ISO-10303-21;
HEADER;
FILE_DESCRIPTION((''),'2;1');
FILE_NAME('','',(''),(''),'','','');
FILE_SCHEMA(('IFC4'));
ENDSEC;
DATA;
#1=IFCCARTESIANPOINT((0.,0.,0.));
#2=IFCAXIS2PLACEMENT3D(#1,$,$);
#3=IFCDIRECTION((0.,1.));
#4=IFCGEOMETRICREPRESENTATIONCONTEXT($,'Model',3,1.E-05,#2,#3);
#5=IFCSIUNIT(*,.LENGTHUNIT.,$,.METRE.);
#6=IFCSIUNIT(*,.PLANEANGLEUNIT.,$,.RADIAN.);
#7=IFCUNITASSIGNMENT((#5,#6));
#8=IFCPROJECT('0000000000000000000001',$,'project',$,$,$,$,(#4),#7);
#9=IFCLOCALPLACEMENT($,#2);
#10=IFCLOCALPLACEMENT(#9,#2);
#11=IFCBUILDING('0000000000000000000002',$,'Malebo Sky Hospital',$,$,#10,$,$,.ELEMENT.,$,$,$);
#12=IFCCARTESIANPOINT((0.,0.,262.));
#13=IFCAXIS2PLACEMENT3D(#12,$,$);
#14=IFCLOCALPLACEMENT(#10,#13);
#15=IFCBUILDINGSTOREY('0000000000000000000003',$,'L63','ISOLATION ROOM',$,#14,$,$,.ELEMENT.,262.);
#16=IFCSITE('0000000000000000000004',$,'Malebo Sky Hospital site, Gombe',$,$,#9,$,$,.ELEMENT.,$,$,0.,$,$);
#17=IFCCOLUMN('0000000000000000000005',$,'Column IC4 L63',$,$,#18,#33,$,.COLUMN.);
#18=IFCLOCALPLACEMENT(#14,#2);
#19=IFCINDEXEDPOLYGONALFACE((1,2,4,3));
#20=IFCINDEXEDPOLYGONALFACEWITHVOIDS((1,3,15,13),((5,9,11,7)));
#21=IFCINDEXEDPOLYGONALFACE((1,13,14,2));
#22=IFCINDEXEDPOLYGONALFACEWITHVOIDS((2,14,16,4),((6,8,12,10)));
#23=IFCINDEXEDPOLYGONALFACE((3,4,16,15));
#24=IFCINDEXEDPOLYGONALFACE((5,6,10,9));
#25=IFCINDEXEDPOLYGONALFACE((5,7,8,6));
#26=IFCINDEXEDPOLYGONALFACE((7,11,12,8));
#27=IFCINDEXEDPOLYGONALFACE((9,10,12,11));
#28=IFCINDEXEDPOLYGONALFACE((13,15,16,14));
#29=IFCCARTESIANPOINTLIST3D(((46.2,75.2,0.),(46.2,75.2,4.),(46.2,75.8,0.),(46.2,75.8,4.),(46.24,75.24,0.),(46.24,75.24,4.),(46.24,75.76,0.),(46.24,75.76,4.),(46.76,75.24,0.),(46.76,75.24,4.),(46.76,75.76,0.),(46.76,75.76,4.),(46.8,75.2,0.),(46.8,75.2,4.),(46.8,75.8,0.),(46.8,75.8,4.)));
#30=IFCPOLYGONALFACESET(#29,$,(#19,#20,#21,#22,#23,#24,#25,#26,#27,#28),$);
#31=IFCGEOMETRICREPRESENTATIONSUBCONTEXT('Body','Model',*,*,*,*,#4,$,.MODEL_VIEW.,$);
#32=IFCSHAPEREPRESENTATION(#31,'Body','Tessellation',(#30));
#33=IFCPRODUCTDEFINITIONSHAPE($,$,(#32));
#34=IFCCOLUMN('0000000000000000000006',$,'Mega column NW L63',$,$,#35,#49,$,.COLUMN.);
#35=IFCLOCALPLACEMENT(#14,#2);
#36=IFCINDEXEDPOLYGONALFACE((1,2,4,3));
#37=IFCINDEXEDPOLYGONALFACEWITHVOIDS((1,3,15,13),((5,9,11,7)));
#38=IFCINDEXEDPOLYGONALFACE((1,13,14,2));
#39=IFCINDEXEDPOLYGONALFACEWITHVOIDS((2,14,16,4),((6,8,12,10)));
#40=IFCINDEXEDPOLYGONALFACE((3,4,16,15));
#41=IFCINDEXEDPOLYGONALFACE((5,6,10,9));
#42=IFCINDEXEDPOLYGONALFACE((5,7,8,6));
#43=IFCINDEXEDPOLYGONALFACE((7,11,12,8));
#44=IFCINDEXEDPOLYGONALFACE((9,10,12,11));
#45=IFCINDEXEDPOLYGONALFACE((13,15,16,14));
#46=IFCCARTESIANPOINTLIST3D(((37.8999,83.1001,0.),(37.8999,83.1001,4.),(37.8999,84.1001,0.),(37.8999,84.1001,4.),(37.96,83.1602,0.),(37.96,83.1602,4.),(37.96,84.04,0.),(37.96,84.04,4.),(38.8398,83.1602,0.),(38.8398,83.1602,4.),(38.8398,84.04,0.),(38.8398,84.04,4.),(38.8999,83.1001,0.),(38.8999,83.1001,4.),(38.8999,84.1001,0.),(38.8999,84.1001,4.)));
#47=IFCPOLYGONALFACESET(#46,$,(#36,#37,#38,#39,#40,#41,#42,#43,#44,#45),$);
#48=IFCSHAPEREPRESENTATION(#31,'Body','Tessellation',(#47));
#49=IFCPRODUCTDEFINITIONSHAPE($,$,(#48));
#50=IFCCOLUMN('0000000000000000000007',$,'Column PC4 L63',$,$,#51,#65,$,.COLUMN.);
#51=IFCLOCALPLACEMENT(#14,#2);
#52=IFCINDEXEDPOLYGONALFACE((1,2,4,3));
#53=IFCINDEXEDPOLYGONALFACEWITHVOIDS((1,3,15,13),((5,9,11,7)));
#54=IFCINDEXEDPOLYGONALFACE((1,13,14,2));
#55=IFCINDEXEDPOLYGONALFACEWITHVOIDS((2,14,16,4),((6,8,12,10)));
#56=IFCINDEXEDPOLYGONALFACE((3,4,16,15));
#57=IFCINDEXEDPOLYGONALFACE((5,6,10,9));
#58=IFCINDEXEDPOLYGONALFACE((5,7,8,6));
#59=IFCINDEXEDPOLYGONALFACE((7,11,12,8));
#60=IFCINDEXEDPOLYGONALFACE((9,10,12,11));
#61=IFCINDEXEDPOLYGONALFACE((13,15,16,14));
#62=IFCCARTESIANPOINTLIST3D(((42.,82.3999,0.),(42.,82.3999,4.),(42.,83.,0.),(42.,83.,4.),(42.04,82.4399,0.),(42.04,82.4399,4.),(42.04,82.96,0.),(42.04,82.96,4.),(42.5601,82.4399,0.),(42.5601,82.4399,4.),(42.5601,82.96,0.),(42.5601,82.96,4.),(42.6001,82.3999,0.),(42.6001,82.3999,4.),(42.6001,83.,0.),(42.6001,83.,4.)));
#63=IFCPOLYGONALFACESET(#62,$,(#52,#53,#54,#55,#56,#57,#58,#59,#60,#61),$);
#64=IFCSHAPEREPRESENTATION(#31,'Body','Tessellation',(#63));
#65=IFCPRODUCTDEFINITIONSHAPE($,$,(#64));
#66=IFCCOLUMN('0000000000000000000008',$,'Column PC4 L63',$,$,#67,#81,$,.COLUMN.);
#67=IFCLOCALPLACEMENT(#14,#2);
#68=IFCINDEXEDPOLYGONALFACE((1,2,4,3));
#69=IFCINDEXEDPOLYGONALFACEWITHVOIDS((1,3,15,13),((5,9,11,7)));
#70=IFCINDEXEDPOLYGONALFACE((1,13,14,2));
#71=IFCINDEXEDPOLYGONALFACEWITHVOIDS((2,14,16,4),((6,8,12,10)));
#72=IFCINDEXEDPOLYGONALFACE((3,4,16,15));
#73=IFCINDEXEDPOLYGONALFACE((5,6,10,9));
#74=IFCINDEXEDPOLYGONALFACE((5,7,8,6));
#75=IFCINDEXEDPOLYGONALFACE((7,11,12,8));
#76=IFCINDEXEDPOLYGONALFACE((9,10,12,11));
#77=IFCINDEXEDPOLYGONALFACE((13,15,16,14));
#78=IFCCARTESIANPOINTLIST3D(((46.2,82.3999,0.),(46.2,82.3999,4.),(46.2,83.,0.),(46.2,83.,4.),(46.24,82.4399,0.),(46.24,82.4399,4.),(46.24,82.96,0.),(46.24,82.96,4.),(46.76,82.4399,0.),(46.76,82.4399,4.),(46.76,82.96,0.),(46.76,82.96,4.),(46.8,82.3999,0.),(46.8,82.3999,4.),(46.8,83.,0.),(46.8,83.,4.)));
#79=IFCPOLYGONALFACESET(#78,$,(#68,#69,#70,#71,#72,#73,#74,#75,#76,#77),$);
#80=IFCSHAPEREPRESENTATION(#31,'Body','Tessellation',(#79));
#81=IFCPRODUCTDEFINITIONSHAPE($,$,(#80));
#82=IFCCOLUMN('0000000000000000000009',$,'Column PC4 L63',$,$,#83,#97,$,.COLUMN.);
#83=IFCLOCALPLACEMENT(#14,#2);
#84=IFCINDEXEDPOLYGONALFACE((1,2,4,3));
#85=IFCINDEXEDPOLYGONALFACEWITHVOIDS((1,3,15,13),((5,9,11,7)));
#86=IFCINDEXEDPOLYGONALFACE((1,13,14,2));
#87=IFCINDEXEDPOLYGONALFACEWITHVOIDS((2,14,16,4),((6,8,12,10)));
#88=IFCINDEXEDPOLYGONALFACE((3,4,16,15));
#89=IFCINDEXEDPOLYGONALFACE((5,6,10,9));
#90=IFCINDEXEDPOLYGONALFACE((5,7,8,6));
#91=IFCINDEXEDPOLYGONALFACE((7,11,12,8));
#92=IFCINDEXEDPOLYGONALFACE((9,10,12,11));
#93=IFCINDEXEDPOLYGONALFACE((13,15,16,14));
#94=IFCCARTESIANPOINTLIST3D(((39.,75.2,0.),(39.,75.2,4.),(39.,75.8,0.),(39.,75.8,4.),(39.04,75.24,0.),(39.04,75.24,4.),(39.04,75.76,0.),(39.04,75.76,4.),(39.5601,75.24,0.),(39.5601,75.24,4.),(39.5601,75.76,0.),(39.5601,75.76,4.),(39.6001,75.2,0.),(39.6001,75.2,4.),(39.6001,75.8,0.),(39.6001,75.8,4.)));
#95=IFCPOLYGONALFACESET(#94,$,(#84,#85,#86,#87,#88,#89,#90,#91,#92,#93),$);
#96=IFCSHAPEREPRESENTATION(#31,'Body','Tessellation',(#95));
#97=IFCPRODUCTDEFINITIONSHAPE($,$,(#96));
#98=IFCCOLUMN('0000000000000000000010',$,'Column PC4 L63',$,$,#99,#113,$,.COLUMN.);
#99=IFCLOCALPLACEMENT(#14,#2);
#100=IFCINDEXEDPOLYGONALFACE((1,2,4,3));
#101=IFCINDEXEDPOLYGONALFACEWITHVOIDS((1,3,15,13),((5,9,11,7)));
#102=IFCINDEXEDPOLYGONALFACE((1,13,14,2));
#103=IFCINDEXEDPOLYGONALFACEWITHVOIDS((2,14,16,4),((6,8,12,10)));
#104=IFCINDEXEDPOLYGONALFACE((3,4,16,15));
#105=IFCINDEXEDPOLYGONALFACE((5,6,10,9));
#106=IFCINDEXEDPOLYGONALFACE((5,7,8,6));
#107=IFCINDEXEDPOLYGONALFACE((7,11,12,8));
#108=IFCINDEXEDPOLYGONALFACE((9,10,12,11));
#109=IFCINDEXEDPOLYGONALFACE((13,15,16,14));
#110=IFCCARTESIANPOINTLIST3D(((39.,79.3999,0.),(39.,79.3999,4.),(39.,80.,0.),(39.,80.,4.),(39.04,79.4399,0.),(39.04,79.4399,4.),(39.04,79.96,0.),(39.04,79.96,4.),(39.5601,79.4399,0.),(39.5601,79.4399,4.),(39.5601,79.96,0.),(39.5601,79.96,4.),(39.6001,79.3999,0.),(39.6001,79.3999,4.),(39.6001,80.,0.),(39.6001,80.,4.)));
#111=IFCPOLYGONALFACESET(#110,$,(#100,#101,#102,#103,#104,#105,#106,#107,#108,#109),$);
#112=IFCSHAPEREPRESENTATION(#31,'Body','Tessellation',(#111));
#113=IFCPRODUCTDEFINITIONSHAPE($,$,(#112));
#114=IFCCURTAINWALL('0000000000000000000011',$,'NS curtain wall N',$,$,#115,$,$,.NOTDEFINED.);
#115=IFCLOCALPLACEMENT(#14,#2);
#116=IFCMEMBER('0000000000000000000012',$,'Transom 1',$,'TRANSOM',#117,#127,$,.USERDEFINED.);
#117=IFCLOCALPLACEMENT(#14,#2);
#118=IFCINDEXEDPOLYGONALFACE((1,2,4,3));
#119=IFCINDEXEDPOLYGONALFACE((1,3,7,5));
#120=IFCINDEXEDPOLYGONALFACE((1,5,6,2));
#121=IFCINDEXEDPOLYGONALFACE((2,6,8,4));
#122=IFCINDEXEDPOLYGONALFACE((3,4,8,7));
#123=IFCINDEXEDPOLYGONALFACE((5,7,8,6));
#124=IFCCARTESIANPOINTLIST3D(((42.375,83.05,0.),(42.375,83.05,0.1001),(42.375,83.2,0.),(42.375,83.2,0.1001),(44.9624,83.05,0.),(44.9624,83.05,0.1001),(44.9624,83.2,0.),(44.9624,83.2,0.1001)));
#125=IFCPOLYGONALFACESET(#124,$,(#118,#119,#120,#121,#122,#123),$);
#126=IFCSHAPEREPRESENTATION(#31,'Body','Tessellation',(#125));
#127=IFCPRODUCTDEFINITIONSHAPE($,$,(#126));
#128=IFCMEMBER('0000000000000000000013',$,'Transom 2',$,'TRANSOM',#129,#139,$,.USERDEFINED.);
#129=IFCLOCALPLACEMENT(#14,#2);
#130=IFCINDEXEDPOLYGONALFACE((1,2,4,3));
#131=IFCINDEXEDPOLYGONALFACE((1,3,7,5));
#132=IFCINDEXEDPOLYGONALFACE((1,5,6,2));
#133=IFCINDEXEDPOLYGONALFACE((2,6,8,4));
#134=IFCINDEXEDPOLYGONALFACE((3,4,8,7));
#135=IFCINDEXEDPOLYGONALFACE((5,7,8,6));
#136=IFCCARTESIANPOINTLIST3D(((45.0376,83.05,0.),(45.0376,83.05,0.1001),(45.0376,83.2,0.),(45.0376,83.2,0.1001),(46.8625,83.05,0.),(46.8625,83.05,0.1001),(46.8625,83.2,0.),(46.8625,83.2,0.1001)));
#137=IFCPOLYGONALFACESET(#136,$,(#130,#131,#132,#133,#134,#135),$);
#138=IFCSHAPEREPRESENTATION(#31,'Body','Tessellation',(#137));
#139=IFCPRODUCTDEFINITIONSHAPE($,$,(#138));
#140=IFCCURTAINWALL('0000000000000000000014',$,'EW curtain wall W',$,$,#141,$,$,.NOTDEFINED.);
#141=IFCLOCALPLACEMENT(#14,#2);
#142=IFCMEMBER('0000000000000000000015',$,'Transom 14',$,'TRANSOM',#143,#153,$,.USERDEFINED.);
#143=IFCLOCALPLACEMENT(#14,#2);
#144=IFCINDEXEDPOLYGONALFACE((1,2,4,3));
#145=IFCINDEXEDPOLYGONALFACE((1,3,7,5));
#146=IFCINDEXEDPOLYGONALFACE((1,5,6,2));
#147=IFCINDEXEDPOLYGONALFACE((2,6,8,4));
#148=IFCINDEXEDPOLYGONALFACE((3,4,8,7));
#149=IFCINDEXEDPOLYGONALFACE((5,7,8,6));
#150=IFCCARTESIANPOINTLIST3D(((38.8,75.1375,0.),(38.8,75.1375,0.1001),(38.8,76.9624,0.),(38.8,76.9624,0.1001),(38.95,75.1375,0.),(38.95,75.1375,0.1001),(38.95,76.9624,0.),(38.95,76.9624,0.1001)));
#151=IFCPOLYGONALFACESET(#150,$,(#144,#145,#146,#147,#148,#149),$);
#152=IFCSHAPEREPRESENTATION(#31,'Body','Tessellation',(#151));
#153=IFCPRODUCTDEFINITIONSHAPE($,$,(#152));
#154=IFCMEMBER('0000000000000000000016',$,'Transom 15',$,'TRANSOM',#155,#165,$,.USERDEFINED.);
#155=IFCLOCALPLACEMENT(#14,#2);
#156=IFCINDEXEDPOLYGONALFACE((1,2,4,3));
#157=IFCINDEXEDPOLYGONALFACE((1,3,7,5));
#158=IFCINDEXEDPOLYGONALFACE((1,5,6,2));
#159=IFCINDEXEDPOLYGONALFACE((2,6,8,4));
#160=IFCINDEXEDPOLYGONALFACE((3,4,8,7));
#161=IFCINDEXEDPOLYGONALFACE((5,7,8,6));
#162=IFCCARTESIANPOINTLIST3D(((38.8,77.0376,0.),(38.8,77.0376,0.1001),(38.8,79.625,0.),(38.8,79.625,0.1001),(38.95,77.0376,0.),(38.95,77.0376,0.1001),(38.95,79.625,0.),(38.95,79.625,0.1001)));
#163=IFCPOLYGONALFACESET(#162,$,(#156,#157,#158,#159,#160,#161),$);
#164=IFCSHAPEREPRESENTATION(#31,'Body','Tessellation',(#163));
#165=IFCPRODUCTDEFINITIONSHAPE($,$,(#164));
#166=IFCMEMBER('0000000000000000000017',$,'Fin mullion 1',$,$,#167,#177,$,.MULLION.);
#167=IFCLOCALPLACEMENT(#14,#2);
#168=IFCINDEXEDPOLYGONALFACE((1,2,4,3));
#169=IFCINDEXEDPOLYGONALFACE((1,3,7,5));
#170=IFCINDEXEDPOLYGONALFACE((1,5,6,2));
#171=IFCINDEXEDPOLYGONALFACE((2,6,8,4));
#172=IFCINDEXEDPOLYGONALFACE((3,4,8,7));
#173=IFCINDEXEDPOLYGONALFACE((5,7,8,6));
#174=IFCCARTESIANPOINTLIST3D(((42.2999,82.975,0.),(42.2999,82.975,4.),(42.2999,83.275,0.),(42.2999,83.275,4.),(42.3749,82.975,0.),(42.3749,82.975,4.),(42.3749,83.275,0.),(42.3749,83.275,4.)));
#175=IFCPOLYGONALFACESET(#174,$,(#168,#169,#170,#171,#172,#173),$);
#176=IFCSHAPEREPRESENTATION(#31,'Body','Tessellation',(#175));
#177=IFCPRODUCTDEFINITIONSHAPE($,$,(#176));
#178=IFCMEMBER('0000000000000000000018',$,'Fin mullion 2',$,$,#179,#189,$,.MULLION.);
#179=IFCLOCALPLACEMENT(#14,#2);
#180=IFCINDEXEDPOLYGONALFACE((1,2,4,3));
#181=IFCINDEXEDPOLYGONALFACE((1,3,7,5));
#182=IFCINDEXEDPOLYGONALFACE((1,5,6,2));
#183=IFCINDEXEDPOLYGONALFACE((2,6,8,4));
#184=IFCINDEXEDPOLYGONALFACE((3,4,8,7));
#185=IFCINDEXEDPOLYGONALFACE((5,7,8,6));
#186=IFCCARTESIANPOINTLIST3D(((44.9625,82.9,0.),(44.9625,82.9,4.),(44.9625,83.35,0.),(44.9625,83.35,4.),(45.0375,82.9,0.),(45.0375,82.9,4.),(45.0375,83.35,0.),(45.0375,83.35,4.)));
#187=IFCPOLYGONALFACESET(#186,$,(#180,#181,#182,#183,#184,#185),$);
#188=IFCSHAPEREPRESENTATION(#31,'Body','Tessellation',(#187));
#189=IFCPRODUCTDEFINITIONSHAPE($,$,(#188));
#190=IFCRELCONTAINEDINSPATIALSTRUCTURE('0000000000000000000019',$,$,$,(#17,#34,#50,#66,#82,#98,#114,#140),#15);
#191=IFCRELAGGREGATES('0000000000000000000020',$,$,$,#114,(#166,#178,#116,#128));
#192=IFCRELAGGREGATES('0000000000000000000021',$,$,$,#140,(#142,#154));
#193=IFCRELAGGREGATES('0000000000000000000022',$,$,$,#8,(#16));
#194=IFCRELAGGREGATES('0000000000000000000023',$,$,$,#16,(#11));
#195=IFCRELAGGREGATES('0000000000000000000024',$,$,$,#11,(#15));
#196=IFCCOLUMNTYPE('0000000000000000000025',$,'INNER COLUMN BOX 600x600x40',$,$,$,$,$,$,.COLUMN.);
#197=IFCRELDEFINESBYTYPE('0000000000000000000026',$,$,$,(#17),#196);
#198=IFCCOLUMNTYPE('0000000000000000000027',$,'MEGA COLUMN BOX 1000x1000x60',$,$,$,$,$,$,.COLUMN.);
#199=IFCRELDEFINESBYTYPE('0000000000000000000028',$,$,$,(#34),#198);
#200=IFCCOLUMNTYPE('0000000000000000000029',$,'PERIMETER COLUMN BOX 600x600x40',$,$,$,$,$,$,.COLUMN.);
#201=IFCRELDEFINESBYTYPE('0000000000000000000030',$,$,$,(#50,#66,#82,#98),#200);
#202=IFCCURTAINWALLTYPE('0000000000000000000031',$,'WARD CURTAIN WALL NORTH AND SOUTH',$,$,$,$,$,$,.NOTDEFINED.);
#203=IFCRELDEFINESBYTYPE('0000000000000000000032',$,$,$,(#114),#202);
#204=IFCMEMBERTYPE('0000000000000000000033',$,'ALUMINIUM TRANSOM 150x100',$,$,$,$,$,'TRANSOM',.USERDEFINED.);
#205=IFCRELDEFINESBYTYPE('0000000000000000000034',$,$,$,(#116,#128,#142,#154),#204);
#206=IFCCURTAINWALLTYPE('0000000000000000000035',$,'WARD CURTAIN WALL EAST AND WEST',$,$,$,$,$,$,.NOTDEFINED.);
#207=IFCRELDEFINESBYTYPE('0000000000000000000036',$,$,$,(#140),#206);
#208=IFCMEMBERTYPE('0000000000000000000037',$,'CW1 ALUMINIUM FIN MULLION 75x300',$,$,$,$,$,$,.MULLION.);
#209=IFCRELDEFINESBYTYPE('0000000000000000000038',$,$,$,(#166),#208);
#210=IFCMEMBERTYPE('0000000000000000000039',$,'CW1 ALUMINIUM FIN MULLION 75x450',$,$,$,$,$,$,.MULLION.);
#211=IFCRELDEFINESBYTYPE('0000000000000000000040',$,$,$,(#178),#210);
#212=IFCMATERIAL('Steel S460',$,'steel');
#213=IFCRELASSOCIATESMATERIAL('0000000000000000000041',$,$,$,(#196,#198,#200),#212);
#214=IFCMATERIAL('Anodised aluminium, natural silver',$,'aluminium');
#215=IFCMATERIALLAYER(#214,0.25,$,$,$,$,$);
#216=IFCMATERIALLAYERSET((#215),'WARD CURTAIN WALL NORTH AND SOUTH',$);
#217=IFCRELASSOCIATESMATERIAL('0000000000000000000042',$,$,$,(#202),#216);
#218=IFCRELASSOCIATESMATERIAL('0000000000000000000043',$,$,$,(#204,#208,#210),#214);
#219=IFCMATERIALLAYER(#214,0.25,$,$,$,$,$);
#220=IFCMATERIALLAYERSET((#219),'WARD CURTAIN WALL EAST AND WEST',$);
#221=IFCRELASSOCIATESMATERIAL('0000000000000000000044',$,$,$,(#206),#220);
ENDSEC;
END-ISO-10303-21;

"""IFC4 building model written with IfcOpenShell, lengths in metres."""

from ifc_helpers import new_model, si_unit, direction, frame, origin, origin_2d, place, context, subcontext, project, spatial, rectangle, hollow_rectangle, extrude, material, layer, layer_set, material_profile, profile_set, type_object, element, aggregate, save


model = new_model("IFC4")

# Units and contexts
model_context = context("Model", 3, precision=1e-05, world=origin(), true_north=direction((0.0, 1.0)))
body_context = subcontext(model_context, "Body", "Model", "MODEL_VIEW")
ifc_project = project(units=[si_unit("LENGTHUNIT", "METRE"), si_unit("PLANEANGLEUNIT", "RADIAN")], contexts=[model_context])

# Site, building, storey
site_placement = place(None, origin())
site = spatial("IfcSite", under=ifc_project, at=site_placement, Name="Malebo Sky Hospital site, Gombe", CompositionType="ELEMENT", RefElevation=0.0)
building_placement = place(site_placement, origin())
building = spatial("IfcBuilding", under=site, at=building_placement, Name="Malebo Sky Hospital", CompositionType="ELEMENT")
storey_placement = place(building_placement, frame((0.0, 0.0, 262.0)))
storey = spatial("IfcBuildingStorey", under=building, at=storey_placement, Name="L63", Description="ISOLATION ROOM", CompositionType="ELEMENT", Elevation=262.0)

# Columns
ifc_material_1 = material(Name="Steel S460", Category="steel")
ifc_material_profile_1 = material_profile(ifc_material_1, hollow_rectangle(XDim=0.6001, YDim=0.6001, WallThickness=0.04, at=origin_2d()), Name="BOX 600x600x40")
ifc_profile_set_1 = profile_set([ifc_material_profile_1], Name="Steel S460")
column_type_1 = type_object("IfcColumnType", Name="INNER COLUMN BOX 600x600x40", PredefinedType="COLUMN", material=ifc_profile_set_1)
column_1_placement = place(storey_placement, frame((46.5, 75.5, 0.0), z_axis=(0.0, 0.0, 1.0), x_axis=(1.0, 0.0, 0.0)))
element("IfcColumn", 1, at=column_1_placement, inside=storey, type_object=column_type_1, Name="Column IC4 L63", PredefinedType="COLUMN", context=body_context, shape_type="SweptSolid", body=[
    extrude(hollow_rectangle(XDim=0.6001, YDim=0.6001, WallThickness=0.04, at=origin_2d()), origin(), (0.0, 0.0, 1.0), 4.0),
])
ifc_material_profile_2 = material_profile(ifc_material_1, hollow_rectangle(XDim=1.0, YDim=1.0, WallThickness=0.0601, at=origin_2d()), Name="BOX 1000x1000x60")
ifc_profile_set_2 = profile_set([ifc_material_profile_2], Name="Steel S460")
column_type_2 = type_object("IfcColumnType", Name="MEGA COLUMN BOX 1000x1000x60", PredefinedType="COLUMN", material=ifc_profile_set_2)
column_2_placement = place(storey_placement, frame((38.3999, 83.6001, 0.0), z_axis=(0.0, 0.0, 1.0), x_axis=(1.0, 0.0, 0.0)))
element("IfcColumn", 2, at=column_2_placement, inside=storey, type_object=column_type_2, Name="Mega column NW L63", PredefinedType="COLUMN", context=body_context, shape_type="SweptSolid", body=[
    extrude(hollow_rectangle(XDim=1.0, YDim=1.0, WallThickness=0.0601, at=origin_2d()), origin(), (0.0, 0.0, 1.0), 4.0),
])
ifc_material_profile_3 = material_profile(ifc_material_1, hollow_rectangle(XDim=0.6001, YDim=0.6001, WallThickness=0.04, at=origin_2d()), Name="BOX 600x600x40")
ifc_profile_set_3 = profile_set([ifc_material_profile_3], Name="Steel S460")
column_type_3 = type_object("IfcColumnType", Name="PERIMETER COLUMN BOX 600x600x40", PredefinedType="COLUMN", material=ifc_profile_set_3)
for number, where, z_axis, x_axis, name in (
    (3, (42.3, 82.7, 0.0), (0.0, 0.0, 1.0), (1.0, 0.0, 0.0), "Column PC4 L63"),
    (4, (46.5, 82.7, 0.0), (0.0, 0.0, 1.0), (1.0, 0.0, 0.0), "Column PC4 L63"),
    (5, (39.3, 75.5, 0.0), (0.0, 0.0, 1.0), (1.0, 0.0, 0.0), "Column PC4 L63"),
    (6, (39.3, 79.7, 0.0), (0.0, 0.0, 1.0), (1.0, 0.0, 0.0), "Column PC4 L63"),
):
    element("IfcColumn", number, at=place(storey_placement, frame(where, z_axis=z_axis, x_axis=x_axis)), inside=storey, type_object=column_type_3, Name=name, PredefinedType="COLUMN", context=body_context, shape_type="SweptSolid", body=[
        extrude(hollow_rectangle(XDim=0.6001, YDim=0.6001, WallThickness=0.04, at=origin_2d()), origin(), (0.0, 0.0, 1.0), 4.0),
    ])

# Curtain walls, members
ifc_material_2 = material(Name="Anodised aluminium, natural silver", Category="aluminium")
ifc_layer_1 = layer(ifc_material_2, 0.25)
ifc_layer_set_1 = layer_set([ifc_layer_1], Name="WARD CURTAIN WALL NORTH AND SOUTH")
curtain_wall_type_1 = type_object("IfcCurtainWallType", Name="WARD CURTAIN WALL NORTH AND SOUTH", PredefinedType="NOTDEFINED", material=ifc_layer_set_1)
curtain_wall_1_placement = place(storey_placement, origin())
curtain_wall_1 = element("IfcCurtainWall", 7, at=curtain_wall_1_placement, inside=storey, type_object=curtain_wall_type_1, Name="NS curtain wall N", PredefinedType="NOTDEFINED")
ifc_material_profile_4 = material_profile(ifc_material_2, rectangle(XDim=0.1499, YDim=0.1001, at=origin_2d()), Name="ALUMINIUM TRANSOM 150x100")
ifc_profile_set_4 = profile_set([ifc_material_profile_4], Name="Anodised aluminium, natural silver")
member_type_1 = type_object("IfcMemberType", Name="ALUMINIUM TRANSOM 150x100", ElementType="TRANSOM", PredefinedType="USERDEFINED", material=ifc_profile_set_4)
member_1_placement = place(storey_placement, frame((42.375, 83.125, 0.05), z_axis=(1.0, 0.0, 0.0), x_axis=(0.0, 1.0, 0.0)))
member_1 = element("IfcMember", 8, at=member_1_placement, type_object=member_type_1, Name="Transom 1", ObjectType="TRANSOM", PredefinedType="USERDEFINED", context=body_context, shape_type="SweptSolid", body=[
    extrude(rectangle(XDim=0.1499, YDim=0.1001, at=origin_2d()), origin(), (0.0, 0.0, 1.0), 2.5874),
])
member_2_placement = place(storey_placement, frame((45.0376, 83.125, 0.05), z_axis=(1.0, 0.0, 0.0), x_axis=(0.0, 1.0, 0.0)))
member_2 = element("IfcMember", 9, at=member_2_placement, type_object=member_type_1, Name="Transom 2", ObjectType="TRANSOM", PredefinedType="USERDEFINED", context=body_context, shape_type="SweptSolid", body=[
    extrude(rectangle(XDim=0.1499, YDim=0.1001, at=origin_2d()), origin(), (0.0, 0.0, 1.0), 1.825),
])
ifc_layer_2 = layer(ifc_material_2, 0.25)
ifc_layer_set_2 = layer_set([ifc_layer_2], Name="WARD CURTAIN WALL EAST AND WEST")
curtain_wall_type_2 = type_object("IfcCurtainWallType", Name="WARD CURTAIN WALL EAST AND WEST", PredefinedType="NOTDEFINED", material=ifc_layer_set_2)
curtain_wall_2_placement = place(storey_placement, origin())
curtain_wall_2 = element("IfcCurtainWall", 10, at=curtain_wall_2_placement, inside=storey, type_object=curtain_wall_type_2, Name="EW curtain wall W", PredefinedType="NOTDEFINED")
member_3_placement = place(storey_placement, frame((38.875, 75.1375, 0.05), z_axis=(0.0, 1.0, 0.0), x_axis=(-1.0, 0.0, 0.0)))
member_3 = element("IfcMember", 11, at=member_3_placement, type_object=member_type_1, Name="Transom 14", ObjectType="TRANSOM", PredefinedType="USERDEFINED", context=body_context, shape_type="SweptSolid", body=[
    extrude(rectangle(XDim=0.1499, YDim=0.1001, at=origin_2d()), origin(), (0.0, 0.0, 1.0), 1.825),
])
member_4_placement = place(storey_placement, frame((38.875, 77.0376, 0.05), z_axis=(0.0, 1.0, 0.0), x_axis=(-1.0, 0.0, 0.0)))
member_4 = element("IfcMember", 12, at=member_4_placement, type_object=member_type_1, Name="Transom 15", ObjectType="TRANSOM", PredefinedType="USERDEFINED", context=body_context, shape_type="SweptSolid", body=[
    extrude(rectangle(XDim=0.1499, YDim=0.1001, at=origin_2d()), origin(), (0.0, 0.0, 1.0), 2.5874),
])

# Members
ifc_material_profile_5 = material_profile(ifc_material_2, rectangle(XDim=0.075, YDim=0.3, at=origin_2d()), Name="CW1 ALUMINIUM FIN MULLION 75x300")
ifc_profile_set_5 = profile_set([ifc_material_profile_5], Name="Anodised aluminium, natural silver")
member_type_2 = type_object("IfcMemberType", Name="CW1 ALUMINIUM FIN MULLION 75x300", PredefinedType="MULLION", material=ifc_profile_set_5)
member_5_placement = place(storey_placement, frame((42.3374, 83.125, 0.0), z_axis=(0.0, 0.0, 1.0), x_axis=(1.0, 0.0, 0.0)))
member_5 = element("IfcMember", 13, at=member_5_placement, type_object=member_type_2, Name="Fin mullion 1", PredefinedType="MULLION", context=body_context, shape_type="SweptSolid", body=[
    extrude(rectangle(XDim=0.075, YDim=0.3, at=origin_2d()), origin(), (0.0, 0.0, 1.0), 4.0),
])
ifc_material_profile_6 = material_profile(ifc_material_2, rectangle(XDim=0.075, YDim=0.45, at=origin_2d()), Name="CW1 ALUMINIUM FIN MULLION 75x450")
ifc_profile_set_6 = profile_set([ifc_material_profile_6], Name="Anodised aluminium, natural silver")
member_type_3 = type_object("IfcMemberType", Name="CW1 ALUMINIUM FIN MULLION 75x450", PredefinedType="MULLION", material=ifc_profile_set_6)
member_6_placement = place(storey_placement, frame((45.0, 83.125, 0.0), z_axis=(0.0, 0.0, 1.0), x_axis=(1.0, 0.0, 0.0)))
member_6 = element("IfcMember", 14, at=member_6_placement, type_object=member_type_3, Name="Fin mullion 2", PredefinedType="MULLION", context=body_context, shape_type="SweptSolid", body=[
    extrude(rectangle(XDim=0.075, YDim=0.45, at=origin_2d()), origin(), (0.0, 0.0, 1.0), 4.0),
])

aggregate(curtain_wall_1, [member_5, member_6, member_1, member_2])
aggregate(curtain_wall_2, [member_3, member_4])

save(model, "model.ifc")
